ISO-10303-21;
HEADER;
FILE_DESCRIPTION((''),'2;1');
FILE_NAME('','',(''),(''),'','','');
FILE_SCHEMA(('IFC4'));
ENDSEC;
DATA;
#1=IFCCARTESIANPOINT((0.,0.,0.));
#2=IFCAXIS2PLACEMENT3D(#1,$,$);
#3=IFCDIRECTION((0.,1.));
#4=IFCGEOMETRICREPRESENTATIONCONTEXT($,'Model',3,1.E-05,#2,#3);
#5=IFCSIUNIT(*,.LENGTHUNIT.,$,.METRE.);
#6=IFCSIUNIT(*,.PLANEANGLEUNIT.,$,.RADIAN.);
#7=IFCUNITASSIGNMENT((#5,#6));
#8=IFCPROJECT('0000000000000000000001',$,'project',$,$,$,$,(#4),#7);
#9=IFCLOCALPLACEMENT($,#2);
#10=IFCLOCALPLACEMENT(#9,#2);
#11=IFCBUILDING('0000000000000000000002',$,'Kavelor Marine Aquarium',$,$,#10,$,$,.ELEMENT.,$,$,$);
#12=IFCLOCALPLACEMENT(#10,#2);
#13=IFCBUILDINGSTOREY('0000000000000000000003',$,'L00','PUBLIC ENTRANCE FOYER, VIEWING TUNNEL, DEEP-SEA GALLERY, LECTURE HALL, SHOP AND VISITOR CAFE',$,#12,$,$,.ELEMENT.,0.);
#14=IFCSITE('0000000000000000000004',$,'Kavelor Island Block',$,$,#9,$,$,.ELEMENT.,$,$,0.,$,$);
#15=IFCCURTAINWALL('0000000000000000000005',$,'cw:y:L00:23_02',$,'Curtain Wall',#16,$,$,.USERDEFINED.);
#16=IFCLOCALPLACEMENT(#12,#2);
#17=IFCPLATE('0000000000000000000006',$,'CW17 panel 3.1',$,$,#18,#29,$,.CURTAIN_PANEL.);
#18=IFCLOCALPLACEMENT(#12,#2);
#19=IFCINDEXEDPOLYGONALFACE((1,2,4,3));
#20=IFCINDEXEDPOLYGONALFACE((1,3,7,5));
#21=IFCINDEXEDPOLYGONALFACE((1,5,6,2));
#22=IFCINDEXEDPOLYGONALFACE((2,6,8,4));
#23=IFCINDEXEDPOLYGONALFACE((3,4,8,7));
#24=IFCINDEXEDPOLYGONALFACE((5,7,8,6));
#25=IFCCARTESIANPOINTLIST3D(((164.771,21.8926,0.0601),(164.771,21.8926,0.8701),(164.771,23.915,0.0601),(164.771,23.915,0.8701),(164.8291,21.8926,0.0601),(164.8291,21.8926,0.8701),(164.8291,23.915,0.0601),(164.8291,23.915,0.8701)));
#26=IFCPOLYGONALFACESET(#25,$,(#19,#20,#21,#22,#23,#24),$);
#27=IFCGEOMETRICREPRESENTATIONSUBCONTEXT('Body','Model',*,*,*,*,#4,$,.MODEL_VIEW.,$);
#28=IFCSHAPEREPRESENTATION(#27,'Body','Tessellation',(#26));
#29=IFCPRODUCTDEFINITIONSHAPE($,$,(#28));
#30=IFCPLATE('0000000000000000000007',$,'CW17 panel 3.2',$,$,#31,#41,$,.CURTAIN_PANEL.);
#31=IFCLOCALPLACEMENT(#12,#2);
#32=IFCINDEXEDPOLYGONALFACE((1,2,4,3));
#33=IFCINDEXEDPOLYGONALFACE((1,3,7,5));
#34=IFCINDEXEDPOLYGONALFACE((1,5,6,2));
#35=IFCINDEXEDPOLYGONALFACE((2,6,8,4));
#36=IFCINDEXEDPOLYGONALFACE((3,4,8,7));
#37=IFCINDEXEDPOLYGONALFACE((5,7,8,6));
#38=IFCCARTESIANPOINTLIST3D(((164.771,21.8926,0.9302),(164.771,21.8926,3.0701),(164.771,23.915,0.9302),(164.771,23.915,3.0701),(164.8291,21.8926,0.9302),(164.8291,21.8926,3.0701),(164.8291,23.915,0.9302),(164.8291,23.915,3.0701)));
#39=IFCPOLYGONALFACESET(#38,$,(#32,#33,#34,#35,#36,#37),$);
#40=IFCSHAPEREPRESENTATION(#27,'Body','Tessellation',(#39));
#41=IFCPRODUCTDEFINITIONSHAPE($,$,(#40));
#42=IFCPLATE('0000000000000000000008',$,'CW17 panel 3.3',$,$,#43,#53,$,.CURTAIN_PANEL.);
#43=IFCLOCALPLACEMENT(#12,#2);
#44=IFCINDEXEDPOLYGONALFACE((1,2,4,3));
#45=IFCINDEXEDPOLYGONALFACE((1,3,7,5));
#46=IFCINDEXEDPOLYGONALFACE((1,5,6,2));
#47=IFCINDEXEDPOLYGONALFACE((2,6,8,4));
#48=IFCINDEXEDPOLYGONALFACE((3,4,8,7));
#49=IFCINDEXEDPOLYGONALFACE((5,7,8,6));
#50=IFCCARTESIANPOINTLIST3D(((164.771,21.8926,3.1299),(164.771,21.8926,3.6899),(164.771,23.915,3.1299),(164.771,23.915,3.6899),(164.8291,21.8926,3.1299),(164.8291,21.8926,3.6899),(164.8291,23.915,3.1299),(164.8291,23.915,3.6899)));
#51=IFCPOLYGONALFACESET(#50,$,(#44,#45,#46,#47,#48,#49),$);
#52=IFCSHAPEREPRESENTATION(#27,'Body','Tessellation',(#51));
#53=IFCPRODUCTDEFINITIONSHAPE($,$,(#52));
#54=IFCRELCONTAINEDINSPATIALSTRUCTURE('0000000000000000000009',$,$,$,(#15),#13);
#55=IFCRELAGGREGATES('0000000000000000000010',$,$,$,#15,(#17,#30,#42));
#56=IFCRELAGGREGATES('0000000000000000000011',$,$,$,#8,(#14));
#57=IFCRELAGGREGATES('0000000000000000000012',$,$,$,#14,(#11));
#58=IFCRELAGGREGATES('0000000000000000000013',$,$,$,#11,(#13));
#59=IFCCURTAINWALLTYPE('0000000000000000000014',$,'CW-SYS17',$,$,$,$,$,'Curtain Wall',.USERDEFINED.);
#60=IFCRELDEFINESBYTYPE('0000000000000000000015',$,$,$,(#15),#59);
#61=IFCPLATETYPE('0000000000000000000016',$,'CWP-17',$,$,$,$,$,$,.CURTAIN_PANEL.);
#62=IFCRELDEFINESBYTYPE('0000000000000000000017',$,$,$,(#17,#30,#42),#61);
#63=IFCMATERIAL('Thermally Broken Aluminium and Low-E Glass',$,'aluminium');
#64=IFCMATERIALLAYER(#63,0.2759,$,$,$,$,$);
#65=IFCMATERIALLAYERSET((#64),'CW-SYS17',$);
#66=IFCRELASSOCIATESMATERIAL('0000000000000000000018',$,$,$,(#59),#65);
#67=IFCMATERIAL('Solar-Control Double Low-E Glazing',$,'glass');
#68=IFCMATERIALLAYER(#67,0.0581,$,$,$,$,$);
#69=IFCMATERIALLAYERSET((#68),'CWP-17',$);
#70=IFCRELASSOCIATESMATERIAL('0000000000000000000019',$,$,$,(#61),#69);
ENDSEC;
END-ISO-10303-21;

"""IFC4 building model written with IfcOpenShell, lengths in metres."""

from ifc_helpers import new_model, si_unit, direction, frame, origin, origin_2d, place, context, subcontext, project, spatial, rectangle, extrude, material, layer, layer_set, type_object, element, aggregate, save


model = new_model("IFC4")

# Units and contexts
model_context = context("Model", 3, precision=1e-05, world=origin(), true_north=direction((0.0, 1.0)))
body_context = subcontext(model_context, "Body", "Model", "MODEL_VIEW")
ifc_project = project(units=[si_unit("LENGTHUNIT", "METRE"), si_unit("PLANEANGLEUNIT", "RADIAN")], contexts=[model_context])

# Site, building, storey
site_placement = place(None, origin())
site = spatial("IfcSite", under=ifc_project, at=site_placement, Name="Kavelor Island Block", CompositionType="ELEMENT", RefElevation=0.0)
building_placement = place(site_placement, origin())
building = spatial("IfcBuilding", under=site, at=building_placement, Name="Kavelor Marine Aquarium", CompositionType="ELEMENT")
storey_placement = place(building_placement, origin())
storey = spatial("IfcBuildingStorey", under=building, at=storey_placement, Name="L00", Description="PUBLIC ENTRANCE FOYER, VIEWING TUNNEL, DEEP-SEA GALLERY, LECTURE HALL, SHOP AND VISITOR CAFE", CompositionType="ELEMENT", Elevation=0.0)

# Curtain wall, plates
ifc_material_1 = material(Name="Thermally Broken Aluminium and Low-E Glass", Category="aluminium")
ifc_layer_1 = layer(ifc_material_1, 0.2759)
ifc_layer_set_1 = layer_set([ifc_layer_1], Name="CW-SYS17")
curtain_wall_type = type_object("IfcCurtainWallType", Name="CW-SYS17", ElementType="Curtain Wall", PredefinedType="USERDEFINED", material=ifc_layer_set_1)
curtain_wall_placement = place(storey_placement, origin())
curtain_wall = element("IfcCurtainWall", 1, at=curtain_wall_placement, inside=storey, type_object=curtain_wall_type, Name="cw:y:L00:23_02", ObjectType="Curtain Wall", PredefinedType="USERDEFINED")
ifc_material_2 = material(Name="Solar-Control Double Low-E Glazing", Category="glass")
ifc_layer_2 = layer(ifc_material_2, 0.0581)
ifc_layer_set_2 = layer_set([ifc_layer_2], Name="CWP-17")
plate_type = type_object("IfcPlateType", Name="CWP-17", PredefinedType="CURTAIN_PANEL", material=ifc_layer_set_2)
plate_1_placement = place(storey_placement, frame((164.8, 22.9038, 0.0601), z_axis=(0.0, 0.0, 1.0), x_axis=(0.0, 1.0, 0.0)))
plate_1 = element("IfcPlate", 2, at=plate_1_placement, type_object=plate_type, Name="CW17 panel 3.1", PredefinedType="CURTAIN_PANEL", context=body_context, shape_type="SweptSolid", body=[
    extrude(rectangle(XDim=2.0225, YDim=0.0581, at=origin_2d()), origin(), (0.0, 0.0, 1.0), 0.8101),
])
plate_2_placement = place(storey_placement, frame((164.8, 22.9038, 0.9302), z_axis=(0.0, 0.0, 1.0), x_axis=(0.0, 1.0, 0.0)))
plate_2 = element("IfcPlate", 3, at=plate_2_placement, type_object=plate_type, Name="CW17 panel 3.2", PredefinedType="CURTAIN_PANEL", context=body_context, shape_type="SweptSolid", body=[
    extrude(rectangle(XDim=2.0225, YDim=0.0581, at=origin_2d()), origin(), (0.0, 0.0, 1.0), 2.1399),
])
plate_3_placement = place(storey_placement, frame((164.8, 22.9038, 3.1299), z_axis=(0.0, 0.0, 1.0), x_axis=(0.0, 1.0, 0.0)))
plate_3 = element("IfcPlate", 4, at=plate_3_placement, type_object=plate_type, Name="CW17 panel 3.3", PredefinedType="CURTAIN_PANEL", context=body_context, shape_type="SweptSolid", body=[
    extrude(rectangle(XDim=2.0225, YDim=0.0581, at=origin_2d()), origin(), (0.0, 0.0, 1.0), 0.5601),
])
aggregate(curtain_wall, [plate_1, plate_2, plate_3])

save(model, "model.ifc")
